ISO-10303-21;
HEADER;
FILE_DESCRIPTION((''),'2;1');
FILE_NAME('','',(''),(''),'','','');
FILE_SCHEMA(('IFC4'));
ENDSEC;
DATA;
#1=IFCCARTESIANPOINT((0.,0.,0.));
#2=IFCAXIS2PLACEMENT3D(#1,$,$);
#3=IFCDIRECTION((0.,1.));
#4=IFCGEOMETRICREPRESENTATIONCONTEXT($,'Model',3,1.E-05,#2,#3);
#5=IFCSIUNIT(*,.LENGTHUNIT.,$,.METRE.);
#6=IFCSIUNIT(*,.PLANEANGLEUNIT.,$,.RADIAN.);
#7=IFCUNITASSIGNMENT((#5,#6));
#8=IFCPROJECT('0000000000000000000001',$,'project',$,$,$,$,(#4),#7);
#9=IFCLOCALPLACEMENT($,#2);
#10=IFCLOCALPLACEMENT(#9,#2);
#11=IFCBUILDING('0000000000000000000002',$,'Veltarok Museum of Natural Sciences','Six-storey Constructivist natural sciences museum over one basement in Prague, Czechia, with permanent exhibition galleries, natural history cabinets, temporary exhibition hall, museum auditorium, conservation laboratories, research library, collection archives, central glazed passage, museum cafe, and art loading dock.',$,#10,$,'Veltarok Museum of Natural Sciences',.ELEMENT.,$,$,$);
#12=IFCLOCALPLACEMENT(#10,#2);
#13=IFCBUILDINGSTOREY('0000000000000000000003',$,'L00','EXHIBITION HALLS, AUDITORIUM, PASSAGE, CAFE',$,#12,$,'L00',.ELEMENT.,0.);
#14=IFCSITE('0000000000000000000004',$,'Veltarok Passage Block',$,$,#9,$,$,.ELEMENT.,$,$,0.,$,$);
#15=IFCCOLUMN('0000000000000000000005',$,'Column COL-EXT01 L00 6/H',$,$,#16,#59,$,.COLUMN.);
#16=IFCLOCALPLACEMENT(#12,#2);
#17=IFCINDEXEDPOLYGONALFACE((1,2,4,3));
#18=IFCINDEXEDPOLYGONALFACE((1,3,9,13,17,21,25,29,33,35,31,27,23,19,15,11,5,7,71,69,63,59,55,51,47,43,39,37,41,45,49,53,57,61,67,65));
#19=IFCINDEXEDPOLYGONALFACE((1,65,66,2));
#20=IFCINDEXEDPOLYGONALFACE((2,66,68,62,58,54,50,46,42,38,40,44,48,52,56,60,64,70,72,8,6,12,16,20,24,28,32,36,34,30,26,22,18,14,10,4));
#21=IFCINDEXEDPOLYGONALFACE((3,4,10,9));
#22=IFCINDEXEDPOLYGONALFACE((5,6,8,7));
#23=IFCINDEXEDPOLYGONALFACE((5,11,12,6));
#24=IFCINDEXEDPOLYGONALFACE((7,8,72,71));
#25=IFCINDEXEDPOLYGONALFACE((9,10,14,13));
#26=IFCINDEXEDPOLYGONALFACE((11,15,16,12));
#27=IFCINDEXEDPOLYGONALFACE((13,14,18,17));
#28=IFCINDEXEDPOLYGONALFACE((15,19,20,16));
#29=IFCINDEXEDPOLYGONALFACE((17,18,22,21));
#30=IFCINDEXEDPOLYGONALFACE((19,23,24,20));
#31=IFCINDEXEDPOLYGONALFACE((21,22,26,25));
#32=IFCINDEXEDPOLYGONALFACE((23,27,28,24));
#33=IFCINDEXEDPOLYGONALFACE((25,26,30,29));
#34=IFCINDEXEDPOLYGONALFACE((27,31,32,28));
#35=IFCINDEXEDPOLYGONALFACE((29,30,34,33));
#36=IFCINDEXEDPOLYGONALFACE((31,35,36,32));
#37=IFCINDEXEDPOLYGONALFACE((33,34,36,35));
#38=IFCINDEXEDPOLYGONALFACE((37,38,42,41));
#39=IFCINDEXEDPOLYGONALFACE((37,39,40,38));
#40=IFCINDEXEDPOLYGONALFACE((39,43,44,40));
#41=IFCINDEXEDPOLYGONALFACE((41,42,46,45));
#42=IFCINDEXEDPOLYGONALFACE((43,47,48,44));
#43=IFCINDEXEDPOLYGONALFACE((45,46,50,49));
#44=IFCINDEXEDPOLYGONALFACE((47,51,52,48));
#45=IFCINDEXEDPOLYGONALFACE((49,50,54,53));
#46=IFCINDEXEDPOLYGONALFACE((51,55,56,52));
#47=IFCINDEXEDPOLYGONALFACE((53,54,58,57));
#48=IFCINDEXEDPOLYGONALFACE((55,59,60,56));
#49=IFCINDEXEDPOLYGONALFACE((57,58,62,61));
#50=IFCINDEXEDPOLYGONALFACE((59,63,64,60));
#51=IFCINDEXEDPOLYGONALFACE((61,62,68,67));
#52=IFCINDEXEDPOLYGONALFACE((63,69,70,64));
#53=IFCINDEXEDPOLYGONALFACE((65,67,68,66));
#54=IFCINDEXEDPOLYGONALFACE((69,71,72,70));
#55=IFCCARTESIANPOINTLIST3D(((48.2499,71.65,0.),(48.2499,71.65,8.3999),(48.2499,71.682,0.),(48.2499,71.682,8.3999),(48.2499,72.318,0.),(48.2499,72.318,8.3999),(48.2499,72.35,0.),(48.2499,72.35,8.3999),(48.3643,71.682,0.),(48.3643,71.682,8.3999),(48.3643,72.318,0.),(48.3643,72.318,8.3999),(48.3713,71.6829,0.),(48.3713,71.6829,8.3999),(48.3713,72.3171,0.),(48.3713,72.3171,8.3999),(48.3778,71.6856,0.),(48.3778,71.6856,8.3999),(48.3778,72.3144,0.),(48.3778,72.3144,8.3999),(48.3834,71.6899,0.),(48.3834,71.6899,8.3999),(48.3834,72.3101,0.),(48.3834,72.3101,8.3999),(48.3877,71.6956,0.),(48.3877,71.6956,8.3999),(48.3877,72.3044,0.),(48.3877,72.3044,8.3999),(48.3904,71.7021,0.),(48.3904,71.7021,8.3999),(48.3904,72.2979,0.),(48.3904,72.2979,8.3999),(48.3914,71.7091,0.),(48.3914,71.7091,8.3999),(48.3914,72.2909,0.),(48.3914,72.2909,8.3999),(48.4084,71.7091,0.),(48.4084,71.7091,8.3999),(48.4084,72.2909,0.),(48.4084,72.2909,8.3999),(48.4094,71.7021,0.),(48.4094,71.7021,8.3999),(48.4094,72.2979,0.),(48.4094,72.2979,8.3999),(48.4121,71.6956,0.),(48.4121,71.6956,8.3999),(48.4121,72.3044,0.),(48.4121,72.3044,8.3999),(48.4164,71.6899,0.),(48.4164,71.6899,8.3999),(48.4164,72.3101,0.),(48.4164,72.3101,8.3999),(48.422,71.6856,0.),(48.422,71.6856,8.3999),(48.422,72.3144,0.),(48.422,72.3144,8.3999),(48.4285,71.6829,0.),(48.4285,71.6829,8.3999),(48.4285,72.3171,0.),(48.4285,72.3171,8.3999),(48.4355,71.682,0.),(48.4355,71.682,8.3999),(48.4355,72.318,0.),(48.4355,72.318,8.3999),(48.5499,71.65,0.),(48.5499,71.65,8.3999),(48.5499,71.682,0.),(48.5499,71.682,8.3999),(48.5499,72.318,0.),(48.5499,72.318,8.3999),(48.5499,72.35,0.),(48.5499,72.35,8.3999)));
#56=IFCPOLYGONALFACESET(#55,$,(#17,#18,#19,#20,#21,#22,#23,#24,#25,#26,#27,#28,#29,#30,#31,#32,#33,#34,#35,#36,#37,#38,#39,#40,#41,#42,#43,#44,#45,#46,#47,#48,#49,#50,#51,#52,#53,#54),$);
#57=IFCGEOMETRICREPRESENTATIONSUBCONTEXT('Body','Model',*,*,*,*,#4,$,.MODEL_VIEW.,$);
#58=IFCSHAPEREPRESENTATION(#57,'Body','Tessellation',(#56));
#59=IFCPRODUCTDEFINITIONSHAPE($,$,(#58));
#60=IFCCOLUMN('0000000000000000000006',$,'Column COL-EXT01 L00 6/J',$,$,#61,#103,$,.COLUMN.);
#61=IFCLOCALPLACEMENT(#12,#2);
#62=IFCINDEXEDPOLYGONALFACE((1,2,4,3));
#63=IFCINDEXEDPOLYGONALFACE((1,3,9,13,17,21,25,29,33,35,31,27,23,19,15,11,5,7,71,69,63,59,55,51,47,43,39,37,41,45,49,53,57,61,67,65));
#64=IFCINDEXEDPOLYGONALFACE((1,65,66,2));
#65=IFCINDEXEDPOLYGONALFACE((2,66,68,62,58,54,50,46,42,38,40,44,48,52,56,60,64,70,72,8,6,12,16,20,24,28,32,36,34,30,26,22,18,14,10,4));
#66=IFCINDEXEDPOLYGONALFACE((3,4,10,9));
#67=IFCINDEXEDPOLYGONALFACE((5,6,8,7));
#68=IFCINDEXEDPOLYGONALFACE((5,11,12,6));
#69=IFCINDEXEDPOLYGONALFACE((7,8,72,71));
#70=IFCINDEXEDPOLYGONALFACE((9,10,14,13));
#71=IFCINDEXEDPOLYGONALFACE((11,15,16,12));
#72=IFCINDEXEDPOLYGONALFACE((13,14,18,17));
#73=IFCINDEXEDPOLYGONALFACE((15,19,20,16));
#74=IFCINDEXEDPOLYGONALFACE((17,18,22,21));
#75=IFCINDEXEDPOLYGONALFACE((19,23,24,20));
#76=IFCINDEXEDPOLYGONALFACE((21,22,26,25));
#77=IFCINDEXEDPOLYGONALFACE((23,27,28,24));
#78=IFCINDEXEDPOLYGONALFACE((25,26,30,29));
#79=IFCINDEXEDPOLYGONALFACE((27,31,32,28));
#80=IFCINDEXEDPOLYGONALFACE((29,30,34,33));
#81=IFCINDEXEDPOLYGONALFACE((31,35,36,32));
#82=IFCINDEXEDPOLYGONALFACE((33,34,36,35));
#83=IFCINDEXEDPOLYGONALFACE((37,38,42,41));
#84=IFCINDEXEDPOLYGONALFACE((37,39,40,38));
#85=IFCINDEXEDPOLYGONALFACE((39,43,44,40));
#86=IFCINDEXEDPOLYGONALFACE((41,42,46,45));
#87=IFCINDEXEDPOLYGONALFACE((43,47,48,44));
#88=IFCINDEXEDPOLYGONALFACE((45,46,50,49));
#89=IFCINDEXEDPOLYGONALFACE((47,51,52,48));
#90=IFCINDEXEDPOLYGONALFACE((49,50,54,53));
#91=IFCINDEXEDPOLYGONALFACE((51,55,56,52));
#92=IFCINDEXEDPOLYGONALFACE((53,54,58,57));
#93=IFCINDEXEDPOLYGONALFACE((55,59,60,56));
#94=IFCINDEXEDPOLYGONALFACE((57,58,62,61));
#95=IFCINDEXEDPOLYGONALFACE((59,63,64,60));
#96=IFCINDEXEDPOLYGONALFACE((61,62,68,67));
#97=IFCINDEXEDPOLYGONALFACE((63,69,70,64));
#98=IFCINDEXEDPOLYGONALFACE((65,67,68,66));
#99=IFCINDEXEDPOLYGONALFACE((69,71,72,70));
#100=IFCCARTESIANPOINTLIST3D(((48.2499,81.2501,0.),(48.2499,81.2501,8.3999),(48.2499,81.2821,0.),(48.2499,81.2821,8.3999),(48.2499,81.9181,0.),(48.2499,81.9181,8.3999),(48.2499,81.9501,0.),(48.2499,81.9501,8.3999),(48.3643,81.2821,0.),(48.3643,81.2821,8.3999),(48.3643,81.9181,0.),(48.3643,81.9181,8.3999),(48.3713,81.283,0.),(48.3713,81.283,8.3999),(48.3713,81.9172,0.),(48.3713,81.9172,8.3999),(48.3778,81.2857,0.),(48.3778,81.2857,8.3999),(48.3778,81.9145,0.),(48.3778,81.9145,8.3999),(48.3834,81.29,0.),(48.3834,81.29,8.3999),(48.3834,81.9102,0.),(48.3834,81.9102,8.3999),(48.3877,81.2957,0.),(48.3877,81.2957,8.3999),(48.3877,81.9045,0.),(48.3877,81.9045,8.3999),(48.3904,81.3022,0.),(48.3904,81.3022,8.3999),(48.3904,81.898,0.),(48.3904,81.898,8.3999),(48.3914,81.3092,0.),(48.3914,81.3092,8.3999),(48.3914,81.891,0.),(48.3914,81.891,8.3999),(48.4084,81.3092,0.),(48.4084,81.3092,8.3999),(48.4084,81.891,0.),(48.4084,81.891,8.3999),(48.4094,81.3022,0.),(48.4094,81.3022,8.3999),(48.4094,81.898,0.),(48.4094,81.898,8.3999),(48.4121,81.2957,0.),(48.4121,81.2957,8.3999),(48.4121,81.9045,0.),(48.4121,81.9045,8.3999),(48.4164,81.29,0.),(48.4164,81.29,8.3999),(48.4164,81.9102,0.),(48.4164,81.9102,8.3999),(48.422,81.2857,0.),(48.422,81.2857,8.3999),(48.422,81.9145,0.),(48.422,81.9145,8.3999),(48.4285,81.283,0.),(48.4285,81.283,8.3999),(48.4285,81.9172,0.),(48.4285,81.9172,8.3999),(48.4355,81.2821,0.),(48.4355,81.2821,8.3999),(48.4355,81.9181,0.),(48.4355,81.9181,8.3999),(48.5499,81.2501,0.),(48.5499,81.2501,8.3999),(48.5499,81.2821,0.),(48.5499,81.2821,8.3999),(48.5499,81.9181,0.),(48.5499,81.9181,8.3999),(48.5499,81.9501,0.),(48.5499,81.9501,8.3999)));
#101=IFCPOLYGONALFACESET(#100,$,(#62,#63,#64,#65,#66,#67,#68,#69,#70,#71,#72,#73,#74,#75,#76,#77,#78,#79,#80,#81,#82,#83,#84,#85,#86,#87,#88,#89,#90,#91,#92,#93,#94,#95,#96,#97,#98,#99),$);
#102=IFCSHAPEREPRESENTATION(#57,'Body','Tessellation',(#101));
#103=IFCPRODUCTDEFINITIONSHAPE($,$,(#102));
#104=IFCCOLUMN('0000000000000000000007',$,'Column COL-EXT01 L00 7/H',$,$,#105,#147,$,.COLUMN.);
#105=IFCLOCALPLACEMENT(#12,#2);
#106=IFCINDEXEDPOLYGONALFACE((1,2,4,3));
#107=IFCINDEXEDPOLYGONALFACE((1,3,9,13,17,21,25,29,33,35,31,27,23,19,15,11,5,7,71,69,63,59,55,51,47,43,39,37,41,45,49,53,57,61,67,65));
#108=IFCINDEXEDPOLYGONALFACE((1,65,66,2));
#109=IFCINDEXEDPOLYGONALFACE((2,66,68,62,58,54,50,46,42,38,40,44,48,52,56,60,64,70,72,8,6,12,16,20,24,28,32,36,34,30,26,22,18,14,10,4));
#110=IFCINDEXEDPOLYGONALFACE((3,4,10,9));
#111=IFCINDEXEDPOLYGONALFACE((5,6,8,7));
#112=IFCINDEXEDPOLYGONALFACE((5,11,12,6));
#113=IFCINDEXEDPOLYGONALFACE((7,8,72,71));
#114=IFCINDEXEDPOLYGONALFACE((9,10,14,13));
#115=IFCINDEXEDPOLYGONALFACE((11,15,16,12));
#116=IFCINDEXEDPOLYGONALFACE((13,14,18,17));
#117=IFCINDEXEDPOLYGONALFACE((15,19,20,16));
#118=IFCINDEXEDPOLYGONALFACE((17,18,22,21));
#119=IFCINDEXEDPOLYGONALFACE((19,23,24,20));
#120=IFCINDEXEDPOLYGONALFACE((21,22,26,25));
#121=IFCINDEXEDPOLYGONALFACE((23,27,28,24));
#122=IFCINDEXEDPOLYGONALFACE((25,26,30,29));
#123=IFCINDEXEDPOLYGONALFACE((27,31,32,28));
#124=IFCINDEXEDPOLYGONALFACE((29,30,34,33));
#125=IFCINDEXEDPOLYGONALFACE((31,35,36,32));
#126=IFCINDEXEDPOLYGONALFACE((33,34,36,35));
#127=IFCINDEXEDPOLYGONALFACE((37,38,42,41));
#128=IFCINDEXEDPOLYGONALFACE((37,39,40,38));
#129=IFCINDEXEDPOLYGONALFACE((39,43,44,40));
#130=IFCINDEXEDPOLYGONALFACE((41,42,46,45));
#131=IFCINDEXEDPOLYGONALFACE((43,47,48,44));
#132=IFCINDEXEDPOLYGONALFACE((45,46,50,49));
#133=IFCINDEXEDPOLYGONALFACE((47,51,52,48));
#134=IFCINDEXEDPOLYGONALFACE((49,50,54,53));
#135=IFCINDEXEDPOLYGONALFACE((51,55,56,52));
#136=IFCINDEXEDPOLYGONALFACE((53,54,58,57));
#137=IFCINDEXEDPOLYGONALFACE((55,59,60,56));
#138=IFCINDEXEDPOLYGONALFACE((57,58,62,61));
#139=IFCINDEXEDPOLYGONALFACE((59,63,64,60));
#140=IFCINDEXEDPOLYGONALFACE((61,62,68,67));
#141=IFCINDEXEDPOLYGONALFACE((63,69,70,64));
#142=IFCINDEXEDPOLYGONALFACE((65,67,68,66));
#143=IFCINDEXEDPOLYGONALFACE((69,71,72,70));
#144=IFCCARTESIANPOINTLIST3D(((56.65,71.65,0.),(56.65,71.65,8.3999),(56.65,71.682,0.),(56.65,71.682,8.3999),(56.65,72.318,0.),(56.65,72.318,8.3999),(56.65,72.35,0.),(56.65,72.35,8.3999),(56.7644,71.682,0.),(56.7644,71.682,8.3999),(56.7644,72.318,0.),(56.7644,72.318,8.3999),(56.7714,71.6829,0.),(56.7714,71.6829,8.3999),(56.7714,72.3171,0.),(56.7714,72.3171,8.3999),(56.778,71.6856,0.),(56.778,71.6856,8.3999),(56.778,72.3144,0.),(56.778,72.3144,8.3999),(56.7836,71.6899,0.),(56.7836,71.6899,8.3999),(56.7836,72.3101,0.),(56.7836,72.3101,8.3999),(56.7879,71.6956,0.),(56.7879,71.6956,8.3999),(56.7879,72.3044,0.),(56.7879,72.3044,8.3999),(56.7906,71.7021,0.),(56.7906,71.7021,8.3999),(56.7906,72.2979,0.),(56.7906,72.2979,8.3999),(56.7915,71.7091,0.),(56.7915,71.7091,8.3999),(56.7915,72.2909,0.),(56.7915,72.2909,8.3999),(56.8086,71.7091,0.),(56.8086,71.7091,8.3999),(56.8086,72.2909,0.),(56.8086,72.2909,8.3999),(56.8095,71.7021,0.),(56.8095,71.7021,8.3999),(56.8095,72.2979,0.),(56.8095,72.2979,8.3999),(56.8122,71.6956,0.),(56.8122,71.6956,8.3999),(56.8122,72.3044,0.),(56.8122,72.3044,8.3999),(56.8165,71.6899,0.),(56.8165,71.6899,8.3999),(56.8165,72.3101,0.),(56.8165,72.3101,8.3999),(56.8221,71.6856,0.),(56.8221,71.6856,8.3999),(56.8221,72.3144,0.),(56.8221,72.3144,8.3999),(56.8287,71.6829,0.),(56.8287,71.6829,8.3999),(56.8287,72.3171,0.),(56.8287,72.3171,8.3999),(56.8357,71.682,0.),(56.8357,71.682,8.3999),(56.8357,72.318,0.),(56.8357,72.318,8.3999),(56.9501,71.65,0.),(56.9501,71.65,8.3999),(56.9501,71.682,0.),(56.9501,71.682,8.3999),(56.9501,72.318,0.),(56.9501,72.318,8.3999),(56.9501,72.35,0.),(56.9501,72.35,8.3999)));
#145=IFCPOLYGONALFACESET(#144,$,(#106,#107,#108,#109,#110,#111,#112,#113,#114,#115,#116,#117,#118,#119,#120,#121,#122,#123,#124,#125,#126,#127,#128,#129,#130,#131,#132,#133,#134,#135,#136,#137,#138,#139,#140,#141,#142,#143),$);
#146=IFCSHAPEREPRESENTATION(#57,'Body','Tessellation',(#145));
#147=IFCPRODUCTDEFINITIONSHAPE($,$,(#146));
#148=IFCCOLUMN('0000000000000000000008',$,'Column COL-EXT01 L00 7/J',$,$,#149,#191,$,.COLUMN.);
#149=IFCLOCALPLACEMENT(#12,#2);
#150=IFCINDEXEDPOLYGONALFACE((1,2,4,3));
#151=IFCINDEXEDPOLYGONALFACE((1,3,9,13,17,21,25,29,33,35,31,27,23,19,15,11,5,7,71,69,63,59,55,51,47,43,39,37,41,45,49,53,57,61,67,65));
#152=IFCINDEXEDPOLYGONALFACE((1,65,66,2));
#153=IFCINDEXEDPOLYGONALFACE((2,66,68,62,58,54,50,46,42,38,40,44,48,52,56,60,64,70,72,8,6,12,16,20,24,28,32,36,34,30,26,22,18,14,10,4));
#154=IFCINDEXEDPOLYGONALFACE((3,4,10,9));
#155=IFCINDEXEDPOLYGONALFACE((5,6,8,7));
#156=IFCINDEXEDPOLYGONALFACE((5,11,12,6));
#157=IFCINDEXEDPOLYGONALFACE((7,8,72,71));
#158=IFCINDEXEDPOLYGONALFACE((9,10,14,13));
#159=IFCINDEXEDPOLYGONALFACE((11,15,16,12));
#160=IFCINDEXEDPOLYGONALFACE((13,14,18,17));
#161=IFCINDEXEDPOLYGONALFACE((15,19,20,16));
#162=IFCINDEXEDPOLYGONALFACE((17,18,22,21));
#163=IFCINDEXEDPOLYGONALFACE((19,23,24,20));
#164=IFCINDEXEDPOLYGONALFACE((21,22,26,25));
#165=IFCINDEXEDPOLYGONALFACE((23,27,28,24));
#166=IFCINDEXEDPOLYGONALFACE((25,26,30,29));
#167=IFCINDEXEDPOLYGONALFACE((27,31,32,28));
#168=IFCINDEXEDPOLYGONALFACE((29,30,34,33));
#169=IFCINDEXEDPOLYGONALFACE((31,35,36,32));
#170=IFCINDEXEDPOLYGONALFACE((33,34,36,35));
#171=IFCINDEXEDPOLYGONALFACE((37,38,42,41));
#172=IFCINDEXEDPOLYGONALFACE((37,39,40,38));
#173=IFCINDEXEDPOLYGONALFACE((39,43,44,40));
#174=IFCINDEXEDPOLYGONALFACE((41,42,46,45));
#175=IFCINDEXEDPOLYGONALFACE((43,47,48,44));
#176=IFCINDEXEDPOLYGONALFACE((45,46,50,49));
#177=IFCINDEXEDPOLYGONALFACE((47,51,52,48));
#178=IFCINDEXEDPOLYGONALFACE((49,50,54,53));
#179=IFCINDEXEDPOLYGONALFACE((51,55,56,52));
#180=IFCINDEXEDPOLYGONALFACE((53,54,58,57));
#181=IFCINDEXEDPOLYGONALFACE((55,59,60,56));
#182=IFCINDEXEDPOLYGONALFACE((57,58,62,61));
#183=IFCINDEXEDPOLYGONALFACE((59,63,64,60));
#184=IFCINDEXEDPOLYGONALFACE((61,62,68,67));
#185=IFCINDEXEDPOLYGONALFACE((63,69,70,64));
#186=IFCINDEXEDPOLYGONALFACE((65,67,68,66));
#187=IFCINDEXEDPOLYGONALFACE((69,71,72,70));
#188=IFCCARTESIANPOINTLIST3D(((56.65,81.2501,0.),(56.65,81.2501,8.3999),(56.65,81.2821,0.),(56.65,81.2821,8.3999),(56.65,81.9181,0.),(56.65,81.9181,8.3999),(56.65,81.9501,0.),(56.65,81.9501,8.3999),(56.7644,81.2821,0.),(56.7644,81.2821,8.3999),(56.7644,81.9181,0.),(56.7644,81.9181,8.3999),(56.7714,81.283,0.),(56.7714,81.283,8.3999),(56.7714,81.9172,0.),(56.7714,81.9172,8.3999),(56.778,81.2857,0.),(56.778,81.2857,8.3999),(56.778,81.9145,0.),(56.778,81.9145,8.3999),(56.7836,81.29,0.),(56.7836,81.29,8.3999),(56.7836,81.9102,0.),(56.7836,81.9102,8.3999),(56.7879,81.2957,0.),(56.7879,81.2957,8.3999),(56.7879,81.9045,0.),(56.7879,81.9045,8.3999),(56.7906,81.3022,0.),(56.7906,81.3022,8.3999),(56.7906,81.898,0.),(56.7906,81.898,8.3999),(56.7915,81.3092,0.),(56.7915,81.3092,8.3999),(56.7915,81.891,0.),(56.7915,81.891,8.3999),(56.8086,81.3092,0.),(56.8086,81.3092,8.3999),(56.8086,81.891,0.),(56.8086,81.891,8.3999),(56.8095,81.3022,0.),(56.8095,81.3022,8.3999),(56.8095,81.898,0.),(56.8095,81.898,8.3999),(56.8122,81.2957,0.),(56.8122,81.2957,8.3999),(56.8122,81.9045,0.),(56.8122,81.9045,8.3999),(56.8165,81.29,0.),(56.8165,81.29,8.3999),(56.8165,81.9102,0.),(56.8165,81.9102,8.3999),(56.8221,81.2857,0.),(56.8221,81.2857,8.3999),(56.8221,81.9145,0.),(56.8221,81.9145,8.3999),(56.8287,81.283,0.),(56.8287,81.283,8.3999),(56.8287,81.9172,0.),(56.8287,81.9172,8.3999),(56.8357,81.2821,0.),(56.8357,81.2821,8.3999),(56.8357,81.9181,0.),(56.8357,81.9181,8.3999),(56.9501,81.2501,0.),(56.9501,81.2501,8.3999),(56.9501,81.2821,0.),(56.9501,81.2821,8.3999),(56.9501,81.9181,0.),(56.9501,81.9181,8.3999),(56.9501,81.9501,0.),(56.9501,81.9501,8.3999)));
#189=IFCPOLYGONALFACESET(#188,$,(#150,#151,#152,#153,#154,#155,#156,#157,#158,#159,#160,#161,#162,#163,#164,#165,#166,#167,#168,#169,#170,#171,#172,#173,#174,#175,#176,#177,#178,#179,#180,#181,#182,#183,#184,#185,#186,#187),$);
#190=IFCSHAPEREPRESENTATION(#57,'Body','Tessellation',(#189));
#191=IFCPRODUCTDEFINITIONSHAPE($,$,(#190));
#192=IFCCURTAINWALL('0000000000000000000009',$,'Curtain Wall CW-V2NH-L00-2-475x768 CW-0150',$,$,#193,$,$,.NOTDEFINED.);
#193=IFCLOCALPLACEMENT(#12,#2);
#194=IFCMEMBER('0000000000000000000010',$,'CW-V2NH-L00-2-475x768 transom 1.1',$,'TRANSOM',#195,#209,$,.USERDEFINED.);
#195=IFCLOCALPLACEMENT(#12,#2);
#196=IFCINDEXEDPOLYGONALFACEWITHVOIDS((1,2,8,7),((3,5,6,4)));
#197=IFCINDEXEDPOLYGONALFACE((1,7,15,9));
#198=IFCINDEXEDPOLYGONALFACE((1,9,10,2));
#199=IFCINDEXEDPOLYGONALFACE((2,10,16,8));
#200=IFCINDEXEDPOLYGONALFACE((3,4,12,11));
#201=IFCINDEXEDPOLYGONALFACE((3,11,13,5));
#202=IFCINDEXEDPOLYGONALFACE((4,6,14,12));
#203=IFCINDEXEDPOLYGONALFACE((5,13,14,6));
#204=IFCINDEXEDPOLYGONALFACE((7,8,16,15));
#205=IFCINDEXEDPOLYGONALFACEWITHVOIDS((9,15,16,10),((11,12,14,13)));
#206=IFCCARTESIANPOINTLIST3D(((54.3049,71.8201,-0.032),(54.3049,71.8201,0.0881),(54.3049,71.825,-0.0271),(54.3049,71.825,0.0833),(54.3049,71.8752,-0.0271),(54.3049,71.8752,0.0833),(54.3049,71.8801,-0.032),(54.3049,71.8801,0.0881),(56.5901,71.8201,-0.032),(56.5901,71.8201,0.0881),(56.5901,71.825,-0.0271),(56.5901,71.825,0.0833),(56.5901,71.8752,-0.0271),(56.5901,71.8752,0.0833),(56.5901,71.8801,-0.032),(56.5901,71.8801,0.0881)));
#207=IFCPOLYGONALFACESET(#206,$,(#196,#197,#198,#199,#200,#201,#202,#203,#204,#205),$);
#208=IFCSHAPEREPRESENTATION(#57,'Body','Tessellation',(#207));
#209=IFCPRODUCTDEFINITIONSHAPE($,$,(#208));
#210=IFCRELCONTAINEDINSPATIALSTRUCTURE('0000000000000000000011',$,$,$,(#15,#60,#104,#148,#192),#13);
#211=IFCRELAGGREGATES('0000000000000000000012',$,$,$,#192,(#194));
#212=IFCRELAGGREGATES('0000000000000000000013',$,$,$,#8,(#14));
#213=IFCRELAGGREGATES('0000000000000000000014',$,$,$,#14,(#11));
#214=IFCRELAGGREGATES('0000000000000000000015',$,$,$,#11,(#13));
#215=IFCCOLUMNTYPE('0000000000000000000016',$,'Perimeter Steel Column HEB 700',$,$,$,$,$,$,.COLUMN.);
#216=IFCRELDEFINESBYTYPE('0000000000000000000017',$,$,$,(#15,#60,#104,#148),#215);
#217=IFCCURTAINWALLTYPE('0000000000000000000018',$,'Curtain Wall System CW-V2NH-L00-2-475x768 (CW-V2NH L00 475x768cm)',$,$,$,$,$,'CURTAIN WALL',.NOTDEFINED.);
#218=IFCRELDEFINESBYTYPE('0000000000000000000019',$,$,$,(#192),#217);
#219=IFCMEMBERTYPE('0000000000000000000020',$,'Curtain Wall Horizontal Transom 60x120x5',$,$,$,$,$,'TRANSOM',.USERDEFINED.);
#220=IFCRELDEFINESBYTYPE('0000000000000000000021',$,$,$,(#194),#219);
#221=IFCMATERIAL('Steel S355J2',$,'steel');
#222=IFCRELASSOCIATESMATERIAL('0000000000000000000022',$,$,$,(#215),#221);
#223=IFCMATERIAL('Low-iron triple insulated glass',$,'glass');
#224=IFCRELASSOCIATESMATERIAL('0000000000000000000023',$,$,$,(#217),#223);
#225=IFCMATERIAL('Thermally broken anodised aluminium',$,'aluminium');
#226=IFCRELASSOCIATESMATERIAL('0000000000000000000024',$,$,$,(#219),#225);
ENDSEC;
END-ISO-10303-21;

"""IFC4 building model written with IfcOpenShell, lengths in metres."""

from ifc_helpers import new_model, si_unit, direction, frame, origin, origin_2d, place, context, subcontext, project, spatial, hollow_rectangle, i_section, extrude, material, material_profile, profile_set, type_object, element, aggregate, save


model = new_model("IFC4")

# Units and contexts
model_context = context("Model", 3, precision=1e-05, world=origin(), true_north=direction((0.0, 1.0)))
body_context = subcontext(model_context, "Body", "Model", "MODEL_VIEW")
ifc_project = project(units=[si_unit("LENGTHUNIT", "METRE"), si_unit("PLANEANGLEUNIT", "RADIAN")], contexts=[model_context])

# Site, building, storey
site_placement = place(None, origin())
site = spatial("IfcSite", under=ifc_project, at=site_placement, Name="Veltarok Passage Block", CompositionType="ELEMENT", RefElevation=0.0)
building_placement = place(site_placement, origin())
building = spatial("IfcBuilding", under=site, at=building_placement, Name="Veltarok Museum of Natural Sciences", Description="Six-storey Constructivist natural sciences museum over one basement in Prague, Czechia, with permanent exhibition galleries, natural history cabinets, temporary exhibition hall, museum auditorium, conservation laboratories, research library, collection archives, central glazed passage, museum cafe, and art loading dock.", LongName="Veltarok Museum of Natural Sciences", CompositionType="ELEMENT")
storey_placement = place(building_placement, origin())
storey = spatial("IfcBuildingStorey", under=building, at=storey_placement, Name="L00", Description="EXHIBITION HALLS, AUDITORIUM, PASSAGE, CAFE", LongName="L00", CompositionType="ELEMENT", Elevation=0.0)

# Columns
ifc_material_1 = material(Name="Steel S355J2", Category="steel")
ifc_material_profile_1 = material_profile(ifc_material_1, i_section(OverallWidth=0.3, OverallDepth=0.7, WebThickness=0.0171, FlangeThickness=0.032, FilletRadius=0.0271, at=origin_2d()), Name="HEB 700")
ifc_profile_set_1 = profile_set([ifc_material_profile_1], Name="Steel S355J2")
column_type = type_object("IfcColumnType", Name="Perimeter Steel Column HEB 700", PredefinedType="COLUMN", material=ifc_profile_set_1)
for number, where, z_axis, x_axis, name in (
    (1, (48.3999, 72.0, 0.0), (0.0, 0.0, 1.0), (1.0, 0.0, 0.0), "Column COL-EXT01 L00 6/H"),
    (2, (48.3999, 81.6001, 0.0), (0.0, 0.0, 1.0), (1.0, 0.0, 0.0), "Column COL-EXT01 L00 6/J"),
    (3, (56.8, 72.0, 0.0), (0.0, 0.0, 1.0), (1.0, 0.0, 0.0), "Column COL-EXT01 L00 7/H"),
    (4, (56.8, 81.6001, 0.0), (0.0, 0.0, 1.0), (1.0, 0.0, 0.0), "Column COL-EXT01 L00 7/J"),
):
    element("IfcColumn", number, at=place(storey_placement, frame(where, z_axis=z_axis, x_axis=x_axis)), inside=storey, type_object=column_type, Name=name, PredefinedType="COLUMN", context=body_context, shape_type="SweptSolid", body=[
        extrude(i_section(OverallWidth=0.3, OverallDepth=0.7, WebThickness=0.0171, FlangeThickness=0.032, FilletRadius=0.0271, at=origin_2d()), origin(), (0.0, 0.0, 1.0), 8.3999),
    ])

# Curtain wall, member
ifc_material_2 = material(Name="Low-iron triple insulated glass", Category="glass")
curtain_wall_type_1 = type_object("IfcCurtainWallType", Name="Curtain Wall System CW-V2NH-L00-2-475x768 (CW-V2NH L00 475x768cm)", ElementType="CURTAIN WALL", PredefinedType="NOTDEFINED", material=ifc_material_2)
curtain_wall_1_placement = place(storey_placement, origin())
curtain_wall_1 = element("IfcCurtainWall", 5, at=curtain_wall_1_placement, inside=storey, type_object=curtain_wall_type_1, Name="Curtain Wall CW-V2NH-L00-2-475x768 CW-0150", PredefinedType="NOTDEFINED")
ifc_material_3 = material(Name="Thermally broken anodised aluminium", Category="aluminium")
ifc_material_profile_2 = material_profile(ifc_material_3, hollow_rectangle(XDim=0.0601, YDim=0.1201, WallThickness=0.0049, at=origin_2d()), Name="CW TRANSOM 60x120x5")
ifc_profile_set_2 = profile_set([ifc_material_profile_2], Name="Thermally broken anodised aluminium")
member_type_1 = type_object("IfcMemberType", Name="Curtain Wall Horizontal Transom 60x120x5", ElementType="TRANSOM", PredefinedType="USERDEFINED", material=ifc_profile_set_2)
member_1_placement = place(storey_placement, frame((56.5901, 71.8501, 0.0281), z_axis=(-1.0, 0.0, 0.0), x_axis=(0.0, -1.0, 0.0)))
member_1 = element("IfcMember", 6, at=member_1_placement, type_object=member_type_1, Name="CW-V2NH-L00-2-475x768 transom 1.1", ObjectType="TRANSOM", PredefinedType="USERDEFINED", context=body_context, shape_type="SweptSolid", body=[
    extrude(hollow_rectangle(XDim=0.0601, YDim=0.1201, WallThickness=0.0049, at=origin_2d()), origin(), (0.0, 0.0, 1.0), 2.2852),
])

aggregate(curtain_wall_1, [member_1])

save(model, "model.ifc")
